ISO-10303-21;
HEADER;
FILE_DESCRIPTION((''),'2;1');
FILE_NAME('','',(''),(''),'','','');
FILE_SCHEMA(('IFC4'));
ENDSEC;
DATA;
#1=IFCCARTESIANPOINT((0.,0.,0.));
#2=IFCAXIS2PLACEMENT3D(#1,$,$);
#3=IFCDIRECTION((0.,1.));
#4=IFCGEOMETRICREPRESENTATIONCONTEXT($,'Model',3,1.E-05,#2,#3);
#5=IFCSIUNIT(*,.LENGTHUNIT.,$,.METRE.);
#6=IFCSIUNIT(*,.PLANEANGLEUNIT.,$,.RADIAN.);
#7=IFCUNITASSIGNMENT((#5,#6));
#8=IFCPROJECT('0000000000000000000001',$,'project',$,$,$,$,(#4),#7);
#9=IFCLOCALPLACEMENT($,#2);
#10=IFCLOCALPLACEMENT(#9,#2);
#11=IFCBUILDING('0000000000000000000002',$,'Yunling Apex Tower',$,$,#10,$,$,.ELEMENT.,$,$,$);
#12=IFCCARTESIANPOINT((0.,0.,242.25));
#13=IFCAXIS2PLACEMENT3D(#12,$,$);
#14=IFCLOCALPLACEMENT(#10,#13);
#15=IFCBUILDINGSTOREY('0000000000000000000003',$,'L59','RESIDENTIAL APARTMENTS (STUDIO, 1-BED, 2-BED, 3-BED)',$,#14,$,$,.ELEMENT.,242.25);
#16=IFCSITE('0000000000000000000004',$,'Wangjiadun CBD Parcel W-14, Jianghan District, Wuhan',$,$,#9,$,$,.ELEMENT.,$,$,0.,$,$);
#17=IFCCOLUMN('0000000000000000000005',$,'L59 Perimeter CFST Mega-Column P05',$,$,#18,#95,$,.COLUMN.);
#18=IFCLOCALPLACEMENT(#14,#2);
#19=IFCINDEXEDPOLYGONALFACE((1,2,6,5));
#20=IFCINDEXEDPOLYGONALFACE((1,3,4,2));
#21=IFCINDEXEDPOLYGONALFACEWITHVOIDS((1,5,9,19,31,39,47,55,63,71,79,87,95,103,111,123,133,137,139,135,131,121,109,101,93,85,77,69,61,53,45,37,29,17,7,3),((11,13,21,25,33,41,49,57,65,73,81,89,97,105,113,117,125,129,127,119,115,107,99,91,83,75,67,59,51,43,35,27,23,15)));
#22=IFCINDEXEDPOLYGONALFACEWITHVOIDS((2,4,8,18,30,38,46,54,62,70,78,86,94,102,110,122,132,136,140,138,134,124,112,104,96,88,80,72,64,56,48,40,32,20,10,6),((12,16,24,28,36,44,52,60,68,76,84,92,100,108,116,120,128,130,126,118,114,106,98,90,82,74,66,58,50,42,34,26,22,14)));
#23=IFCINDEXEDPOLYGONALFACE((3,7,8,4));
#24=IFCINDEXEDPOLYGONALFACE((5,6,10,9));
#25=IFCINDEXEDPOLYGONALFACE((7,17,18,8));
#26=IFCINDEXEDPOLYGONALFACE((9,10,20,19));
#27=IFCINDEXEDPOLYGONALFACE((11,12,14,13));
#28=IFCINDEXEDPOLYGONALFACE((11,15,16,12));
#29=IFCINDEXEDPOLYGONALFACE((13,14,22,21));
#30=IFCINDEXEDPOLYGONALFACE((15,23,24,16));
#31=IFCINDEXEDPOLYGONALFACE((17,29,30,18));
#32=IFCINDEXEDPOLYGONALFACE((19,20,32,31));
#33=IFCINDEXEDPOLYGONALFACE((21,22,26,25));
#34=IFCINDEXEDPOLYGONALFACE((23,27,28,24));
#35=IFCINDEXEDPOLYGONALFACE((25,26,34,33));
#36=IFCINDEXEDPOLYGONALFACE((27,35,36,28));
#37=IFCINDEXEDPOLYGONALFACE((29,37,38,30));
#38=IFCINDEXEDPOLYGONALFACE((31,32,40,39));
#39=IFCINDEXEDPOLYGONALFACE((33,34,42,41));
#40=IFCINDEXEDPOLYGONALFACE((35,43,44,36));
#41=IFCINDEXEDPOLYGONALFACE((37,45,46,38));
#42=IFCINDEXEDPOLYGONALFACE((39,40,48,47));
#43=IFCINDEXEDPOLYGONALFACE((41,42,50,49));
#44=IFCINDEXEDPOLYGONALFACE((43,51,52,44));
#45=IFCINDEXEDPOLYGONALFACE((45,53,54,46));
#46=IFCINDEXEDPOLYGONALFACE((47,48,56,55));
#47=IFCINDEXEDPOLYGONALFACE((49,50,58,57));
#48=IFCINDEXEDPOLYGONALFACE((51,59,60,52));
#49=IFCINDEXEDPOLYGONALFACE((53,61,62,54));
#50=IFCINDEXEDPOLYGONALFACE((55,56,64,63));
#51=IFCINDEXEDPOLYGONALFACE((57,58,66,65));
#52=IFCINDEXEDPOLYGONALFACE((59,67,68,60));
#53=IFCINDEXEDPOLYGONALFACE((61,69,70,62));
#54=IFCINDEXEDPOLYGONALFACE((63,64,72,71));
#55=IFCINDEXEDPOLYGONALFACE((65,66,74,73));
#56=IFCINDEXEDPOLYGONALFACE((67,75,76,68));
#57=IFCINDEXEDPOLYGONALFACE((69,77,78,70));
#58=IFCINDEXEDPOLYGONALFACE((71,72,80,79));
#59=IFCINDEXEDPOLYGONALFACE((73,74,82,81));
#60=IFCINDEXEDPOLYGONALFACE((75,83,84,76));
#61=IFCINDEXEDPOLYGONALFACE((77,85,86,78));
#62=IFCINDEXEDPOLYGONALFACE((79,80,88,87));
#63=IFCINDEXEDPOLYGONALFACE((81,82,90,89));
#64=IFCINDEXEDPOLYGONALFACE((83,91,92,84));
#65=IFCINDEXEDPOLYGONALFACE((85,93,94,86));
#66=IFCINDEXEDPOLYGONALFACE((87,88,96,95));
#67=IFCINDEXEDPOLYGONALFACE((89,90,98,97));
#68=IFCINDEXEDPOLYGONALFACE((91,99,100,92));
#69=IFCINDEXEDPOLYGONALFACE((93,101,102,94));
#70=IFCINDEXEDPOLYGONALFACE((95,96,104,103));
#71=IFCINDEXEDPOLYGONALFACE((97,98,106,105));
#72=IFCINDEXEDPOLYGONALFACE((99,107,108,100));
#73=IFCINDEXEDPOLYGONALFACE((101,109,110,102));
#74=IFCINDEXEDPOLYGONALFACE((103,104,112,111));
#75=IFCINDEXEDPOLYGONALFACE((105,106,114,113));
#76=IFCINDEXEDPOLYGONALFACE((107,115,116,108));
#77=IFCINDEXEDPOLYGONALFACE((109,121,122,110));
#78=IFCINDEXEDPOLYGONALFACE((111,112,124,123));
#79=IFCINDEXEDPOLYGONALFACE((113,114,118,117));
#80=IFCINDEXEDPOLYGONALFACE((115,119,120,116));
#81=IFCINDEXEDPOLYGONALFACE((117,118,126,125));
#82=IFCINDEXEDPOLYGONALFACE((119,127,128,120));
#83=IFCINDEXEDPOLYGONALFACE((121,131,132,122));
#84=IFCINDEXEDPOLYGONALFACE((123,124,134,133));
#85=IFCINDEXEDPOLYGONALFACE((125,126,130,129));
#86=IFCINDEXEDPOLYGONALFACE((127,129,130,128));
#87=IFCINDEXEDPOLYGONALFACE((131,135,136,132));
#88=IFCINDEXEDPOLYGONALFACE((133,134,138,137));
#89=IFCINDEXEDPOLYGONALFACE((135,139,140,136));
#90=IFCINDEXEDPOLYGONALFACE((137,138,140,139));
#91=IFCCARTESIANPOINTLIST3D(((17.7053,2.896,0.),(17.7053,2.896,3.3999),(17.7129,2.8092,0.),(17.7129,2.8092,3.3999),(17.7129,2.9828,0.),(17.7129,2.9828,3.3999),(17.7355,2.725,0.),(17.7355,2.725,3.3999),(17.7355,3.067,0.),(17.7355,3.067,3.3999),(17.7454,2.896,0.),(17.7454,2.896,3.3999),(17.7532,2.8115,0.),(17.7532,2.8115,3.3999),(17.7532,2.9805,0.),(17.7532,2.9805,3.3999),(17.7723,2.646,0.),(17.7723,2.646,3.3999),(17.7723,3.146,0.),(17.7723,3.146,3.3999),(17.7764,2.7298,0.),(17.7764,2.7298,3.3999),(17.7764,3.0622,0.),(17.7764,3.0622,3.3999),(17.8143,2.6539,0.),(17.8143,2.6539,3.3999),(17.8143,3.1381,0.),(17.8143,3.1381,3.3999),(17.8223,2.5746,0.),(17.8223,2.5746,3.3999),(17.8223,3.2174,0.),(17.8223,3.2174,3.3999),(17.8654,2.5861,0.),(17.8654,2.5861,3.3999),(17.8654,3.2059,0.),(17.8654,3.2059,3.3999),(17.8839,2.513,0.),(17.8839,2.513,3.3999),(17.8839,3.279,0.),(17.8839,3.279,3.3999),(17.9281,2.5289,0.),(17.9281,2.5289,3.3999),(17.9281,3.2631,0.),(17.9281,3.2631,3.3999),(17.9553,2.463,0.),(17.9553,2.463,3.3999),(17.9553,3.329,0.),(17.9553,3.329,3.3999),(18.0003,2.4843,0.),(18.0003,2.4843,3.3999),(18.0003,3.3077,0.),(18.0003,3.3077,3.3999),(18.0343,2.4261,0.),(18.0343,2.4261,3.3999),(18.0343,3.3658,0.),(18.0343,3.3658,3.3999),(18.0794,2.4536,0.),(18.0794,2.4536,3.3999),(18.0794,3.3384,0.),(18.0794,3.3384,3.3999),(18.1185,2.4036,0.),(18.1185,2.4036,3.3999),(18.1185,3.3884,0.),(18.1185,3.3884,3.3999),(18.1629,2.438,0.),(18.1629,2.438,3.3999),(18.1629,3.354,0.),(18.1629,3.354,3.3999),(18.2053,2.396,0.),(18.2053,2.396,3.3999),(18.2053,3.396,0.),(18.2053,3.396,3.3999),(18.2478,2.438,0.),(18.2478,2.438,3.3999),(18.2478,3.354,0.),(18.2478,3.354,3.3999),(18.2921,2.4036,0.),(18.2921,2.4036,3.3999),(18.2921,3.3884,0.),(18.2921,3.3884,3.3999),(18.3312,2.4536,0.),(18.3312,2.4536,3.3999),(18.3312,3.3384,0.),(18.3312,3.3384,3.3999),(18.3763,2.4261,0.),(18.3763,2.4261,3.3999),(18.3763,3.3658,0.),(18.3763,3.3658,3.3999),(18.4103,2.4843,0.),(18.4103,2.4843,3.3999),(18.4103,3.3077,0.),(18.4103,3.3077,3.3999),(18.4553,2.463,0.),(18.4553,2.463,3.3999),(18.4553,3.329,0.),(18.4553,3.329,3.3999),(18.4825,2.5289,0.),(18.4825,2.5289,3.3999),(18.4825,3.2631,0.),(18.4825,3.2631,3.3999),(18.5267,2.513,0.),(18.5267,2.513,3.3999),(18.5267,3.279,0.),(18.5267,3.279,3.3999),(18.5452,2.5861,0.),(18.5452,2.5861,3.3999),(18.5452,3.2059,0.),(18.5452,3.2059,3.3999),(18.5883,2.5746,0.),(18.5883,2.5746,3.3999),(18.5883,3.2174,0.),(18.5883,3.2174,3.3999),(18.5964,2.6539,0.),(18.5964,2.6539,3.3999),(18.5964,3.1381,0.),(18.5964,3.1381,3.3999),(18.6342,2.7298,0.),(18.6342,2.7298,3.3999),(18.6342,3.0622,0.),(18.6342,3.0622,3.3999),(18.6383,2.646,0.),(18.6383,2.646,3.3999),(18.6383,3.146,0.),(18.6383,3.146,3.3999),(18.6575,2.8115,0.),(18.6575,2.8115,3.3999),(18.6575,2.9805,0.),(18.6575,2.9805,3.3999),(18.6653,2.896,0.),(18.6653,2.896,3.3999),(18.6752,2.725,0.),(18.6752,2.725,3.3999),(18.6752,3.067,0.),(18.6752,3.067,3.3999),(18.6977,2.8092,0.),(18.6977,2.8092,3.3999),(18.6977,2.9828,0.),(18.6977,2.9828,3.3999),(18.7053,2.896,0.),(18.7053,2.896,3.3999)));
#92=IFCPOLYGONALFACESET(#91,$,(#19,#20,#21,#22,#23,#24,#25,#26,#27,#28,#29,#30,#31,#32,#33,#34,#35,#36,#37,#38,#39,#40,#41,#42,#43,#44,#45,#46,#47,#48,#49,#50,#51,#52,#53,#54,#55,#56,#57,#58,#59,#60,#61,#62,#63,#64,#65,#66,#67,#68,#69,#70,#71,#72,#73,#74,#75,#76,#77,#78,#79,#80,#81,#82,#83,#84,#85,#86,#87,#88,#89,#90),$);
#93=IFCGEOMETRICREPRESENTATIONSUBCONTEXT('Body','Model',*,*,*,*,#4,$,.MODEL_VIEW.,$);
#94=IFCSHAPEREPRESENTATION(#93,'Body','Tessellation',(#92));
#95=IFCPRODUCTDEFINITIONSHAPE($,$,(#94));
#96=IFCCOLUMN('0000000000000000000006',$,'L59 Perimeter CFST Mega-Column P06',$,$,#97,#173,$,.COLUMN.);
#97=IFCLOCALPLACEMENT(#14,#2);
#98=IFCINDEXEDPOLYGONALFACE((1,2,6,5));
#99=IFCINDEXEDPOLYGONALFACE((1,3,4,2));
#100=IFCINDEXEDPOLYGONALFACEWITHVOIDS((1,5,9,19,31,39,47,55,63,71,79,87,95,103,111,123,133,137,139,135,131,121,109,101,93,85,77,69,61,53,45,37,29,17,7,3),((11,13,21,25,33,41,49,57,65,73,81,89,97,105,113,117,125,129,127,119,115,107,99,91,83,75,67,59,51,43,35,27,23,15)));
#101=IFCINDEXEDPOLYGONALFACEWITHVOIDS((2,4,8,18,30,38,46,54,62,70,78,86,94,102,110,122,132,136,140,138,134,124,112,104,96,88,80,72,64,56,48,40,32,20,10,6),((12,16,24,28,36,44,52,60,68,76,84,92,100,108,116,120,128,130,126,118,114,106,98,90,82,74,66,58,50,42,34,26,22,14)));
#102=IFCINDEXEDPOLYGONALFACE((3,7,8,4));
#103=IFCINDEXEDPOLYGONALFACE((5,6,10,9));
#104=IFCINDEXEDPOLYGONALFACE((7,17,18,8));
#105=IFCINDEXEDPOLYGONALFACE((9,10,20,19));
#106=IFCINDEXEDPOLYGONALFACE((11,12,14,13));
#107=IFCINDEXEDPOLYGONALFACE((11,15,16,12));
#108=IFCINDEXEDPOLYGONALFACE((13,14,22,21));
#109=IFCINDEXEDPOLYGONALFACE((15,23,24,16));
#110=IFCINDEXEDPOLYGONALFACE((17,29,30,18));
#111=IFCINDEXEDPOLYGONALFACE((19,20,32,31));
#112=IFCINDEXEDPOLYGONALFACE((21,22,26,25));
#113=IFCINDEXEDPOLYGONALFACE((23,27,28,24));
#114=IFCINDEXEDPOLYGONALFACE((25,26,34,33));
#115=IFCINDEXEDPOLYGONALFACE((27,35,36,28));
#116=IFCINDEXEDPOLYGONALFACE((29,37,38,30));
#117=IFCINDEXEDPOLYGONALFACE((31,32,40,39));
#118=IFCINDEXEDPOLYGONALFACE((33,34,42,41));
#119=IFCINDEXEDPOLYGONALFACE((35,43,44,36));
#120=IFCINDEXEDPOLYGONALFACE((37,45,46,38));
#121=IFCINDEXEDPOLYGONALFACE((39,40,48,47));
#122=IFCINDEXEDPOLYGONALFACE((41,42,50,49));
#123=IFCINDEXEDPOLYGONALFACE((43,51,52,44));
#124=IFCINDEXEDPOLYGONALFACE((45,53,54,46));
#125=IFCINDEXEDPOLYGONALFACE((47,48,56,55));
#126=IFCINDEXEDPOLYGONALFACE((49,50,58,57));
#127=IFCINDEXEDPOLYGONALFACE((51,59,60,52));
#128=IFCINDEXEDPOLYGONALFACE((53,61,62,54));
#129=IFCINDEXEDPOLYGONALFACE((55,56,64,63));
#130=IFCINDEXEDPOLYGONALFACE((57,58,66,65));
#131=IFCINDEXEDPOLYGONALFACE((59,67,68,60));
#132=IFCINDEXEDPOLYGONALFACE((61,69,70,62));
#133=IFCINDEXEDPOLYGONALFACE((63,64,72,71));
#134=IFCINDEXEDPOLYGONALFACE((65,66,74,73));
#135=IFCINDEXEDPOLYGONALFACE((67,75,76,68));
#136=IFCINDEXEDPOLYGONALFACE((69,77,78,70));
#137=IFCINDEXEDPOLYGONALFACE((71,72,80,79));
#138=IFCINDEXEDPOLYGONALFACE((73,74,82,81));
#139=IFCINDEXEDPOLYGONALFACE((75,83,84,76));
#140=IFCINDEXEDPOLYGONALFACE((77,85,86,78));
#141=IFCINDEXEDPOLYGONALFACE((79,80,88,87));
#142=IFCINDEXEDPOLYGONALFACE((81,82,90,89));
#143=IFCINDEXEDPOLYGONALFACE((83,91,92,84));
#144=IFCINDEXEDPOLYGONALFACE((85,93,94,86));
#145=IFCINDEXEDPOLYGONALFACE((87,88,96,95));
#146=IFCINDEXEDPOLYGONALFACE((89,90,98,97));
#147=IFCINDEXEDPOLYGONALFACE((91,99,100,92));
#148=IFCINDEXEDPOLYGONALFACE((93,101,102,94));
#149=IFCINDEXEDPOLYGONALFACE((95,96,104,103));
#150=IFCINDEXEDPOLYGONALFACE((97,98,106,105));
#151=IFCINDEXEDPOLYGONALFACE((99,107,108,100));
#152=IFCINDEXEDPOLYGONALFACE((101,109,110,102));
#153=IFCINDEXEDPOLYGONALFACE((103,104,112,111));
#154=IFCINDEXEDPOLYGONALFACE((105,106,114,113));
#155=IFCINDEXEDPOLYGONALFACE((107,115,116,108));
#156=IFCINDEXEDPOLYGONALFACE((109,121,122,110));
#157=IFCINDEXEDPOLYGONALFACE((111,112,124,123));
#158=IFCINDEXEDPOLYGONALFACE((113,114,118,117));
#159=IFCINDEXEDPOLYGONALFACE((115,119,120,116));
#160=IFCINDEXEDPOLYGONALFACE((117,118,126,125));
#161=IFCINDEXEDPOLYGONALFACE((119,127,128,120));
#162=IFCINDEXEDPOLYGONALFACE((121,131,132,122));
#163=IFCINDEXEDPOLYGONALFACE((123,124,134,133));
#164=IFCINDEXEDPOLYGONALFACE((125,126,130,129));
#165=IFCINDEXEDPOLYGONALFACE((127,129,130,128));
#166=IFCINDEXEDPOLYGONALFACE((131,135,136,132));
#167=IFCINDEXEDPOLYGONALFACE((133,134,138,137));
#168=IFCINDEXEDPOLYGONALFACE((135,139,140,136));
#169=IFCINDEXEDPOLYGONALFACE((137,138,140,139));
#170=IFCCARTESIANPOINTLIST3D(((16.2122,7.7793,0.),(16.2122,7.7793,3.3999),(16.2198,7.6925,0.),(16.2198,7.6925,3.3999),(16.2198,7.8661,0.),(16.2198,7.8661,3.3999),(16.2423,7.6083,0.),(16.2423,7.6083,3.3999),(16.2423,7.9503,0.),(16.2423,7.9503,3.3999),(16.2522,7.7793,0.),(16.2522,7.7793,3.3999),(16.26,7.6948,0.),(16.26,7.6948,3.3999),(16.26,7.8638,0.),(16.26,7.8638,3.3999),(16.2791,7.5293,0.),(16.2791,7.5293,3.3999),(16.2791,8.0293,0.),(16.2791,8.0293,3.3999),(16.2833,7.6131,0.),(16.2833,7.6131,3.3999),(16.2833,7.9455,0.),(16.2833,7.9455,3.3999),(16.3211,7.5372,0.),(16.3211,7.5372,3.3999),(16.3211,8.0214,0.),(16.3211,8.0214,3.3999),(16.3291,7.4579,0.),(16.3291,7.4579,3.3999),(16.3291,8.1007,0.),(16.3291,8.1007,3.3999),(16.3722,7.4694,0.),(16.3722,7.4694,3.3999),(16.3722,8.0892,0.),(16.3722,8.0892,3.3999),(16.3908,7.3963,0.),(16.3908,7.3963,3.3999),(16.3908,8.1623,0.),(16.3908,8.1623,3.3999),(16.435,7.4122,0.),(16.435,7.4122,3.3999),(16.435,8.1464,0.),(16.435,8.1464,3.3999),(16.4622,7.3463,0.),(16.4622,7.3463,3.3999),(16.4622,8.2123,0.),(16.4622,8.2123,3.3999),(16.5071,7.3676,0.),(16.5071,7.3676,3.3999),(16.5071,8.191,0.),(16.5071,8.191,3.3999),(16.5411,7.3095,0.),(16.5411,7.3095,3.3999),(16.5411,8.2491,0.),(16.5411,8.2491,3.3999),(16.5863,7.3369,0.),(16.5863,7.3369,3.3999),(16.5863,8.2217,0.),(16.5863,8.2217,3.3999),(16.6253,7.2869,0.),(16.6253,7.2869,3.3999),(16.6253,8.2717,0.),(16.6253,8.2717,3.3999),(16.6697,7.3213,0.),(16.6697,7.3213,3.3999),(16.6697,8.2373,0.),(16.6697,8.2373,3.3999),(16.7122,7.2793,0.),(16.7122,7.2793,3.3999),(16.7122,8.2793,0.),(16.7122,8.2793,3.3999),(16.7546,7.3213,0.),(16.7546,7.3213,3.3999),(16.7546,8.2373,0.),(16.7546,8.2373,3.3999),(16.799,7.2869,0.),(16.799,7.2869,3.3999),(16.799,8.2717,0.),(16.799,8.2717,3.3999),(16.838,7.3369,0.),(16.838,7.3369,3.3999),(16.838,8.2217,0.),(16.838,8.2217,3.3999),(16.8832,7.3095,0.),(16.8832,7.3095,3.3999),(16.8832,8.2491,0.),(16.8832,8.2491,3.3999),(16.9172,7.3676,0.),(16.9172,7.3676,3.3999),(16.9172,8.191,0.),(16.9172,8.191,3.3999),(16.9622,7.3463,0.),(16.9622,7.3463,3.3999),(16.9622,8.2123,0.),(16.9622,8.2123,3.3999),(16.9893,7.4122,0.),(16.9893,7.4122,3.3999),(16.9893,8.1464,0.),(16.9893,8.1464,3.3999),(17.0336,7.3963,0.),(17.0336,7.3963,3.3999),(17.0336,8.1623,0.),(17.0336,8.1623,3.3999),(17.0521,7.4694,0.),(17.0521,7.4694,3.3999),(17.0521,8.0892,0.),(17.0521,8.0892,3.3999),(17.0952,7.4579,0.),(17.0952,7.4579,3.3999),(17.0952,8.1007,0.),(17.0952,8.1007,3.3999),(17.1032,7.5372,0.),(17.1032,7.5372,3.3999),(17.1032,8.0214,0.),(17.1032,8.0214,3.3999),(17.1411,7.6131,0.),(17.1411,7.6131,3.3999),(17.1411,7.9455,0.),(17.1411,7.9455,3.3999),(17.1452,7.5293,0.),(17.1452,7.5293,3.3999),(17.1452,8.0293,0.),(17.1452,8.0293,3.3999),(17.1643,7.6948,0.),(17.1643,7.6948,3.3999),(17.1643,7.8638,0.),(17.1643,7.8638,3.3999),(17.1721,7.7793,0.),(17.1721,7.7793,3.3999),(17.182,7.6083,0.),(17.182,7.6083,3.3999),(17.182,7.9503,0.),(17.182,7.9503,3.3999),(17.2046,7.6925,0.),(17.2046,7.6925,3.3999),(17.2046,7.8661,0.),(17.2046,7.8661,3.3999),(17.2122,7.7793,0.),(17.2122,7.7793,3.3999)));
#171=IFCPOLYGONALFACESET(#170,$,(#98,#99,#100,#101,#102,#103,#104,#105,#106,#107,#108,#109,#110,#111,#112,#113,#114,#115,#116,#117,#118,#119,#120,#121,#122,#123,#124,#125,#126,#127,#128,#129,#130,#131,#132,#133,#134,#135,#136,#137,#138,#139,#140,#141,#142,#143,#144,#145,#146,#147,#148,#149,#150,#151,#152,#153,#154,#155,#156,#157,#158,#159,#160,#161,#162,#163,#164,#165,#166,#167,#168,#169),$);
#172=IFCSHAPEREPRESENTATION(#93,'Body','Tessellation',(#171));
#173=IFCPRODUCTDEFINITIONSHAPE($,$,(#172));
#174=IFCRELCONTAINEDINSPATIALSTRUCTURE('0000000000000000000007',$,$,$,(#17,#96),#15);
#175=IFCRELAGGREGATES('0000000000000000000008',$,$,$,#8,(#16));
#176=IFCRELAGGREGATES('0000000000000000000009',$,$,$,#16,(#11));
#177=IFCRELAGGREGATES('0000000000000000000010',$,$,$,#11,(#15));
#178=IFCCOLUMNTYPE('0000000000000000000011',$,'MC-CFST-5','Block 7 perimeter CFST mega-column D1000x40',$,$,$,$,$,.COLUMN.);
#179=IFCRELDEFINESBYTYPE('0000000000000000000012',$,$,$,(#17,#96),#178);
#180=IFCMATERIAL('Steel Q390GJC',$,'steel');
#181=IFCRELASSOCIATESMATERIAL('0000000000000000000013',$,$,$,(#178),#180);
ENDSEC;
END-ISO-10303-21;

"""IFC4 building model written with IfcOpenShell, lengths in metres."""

from ifc_helpers import new_model, si_unit, direction, frame, origin, origin_2d, place, context, subcontext, project, spatial, hollow_circle, extrude, source, transform, mapped, material, material_profile, profile_set, type_object, element, save


model = new_model("IFC4")

# Units and contexts
model_context = context("Model", 3, precision=1e-05, world=origin(), true_north=direction((0.0, 1.0)))
body_context = subcontext(model_context, "Body", "Model", "MODEL_VIEW")
ifc_project = project(units=[si_unit("LENGTHUNIT", "METRE"), si_unit("PLANEANGLEUNIT", "RADIAN")], contexts=[model_context])

# Site, building, storey
site_placement = place(None, origin())
site = spatial("IfcSite", under=ifc_project, at=site_placement, Name="Wangjiadun CBD Parcel W-14, Jianghan District, Wuhan", CompositionType="ELEMENT", RefElevation=0.0)
building_placement = place(site_placement, origin())
building = spatial("IfcBuilding", under=site, at=building_placement, Name="Yunling Apex Tower", CompositionType="ELEMENT")
storey_placement = place(building_placement, frame((0.0, 0.0, 242.25)))
storey = spatial("IfcBuildingStorey", under=building, at=storey_placement, Name="L59", Description="RESIDENTIAL APARTMENTS (STUDIO, 1-BED, 2-BED, 3-BED)", CompositionType="ELEMENT", Elevation=242.25)

# Columns
ifc_material_1 = material(Name="Steel Q390GJC", Category="steel")
ifc_material_profile_1 = material_profile(ifc_material_1, hollow_circle(Radius=0.5, WallThickness=0.04, at=origin_2d()))
ifc_profile_set_1 = profile_set([ifc_material_profile_1], Name="Steel Q390GJC")
column_type = type_object("IfcColumnType", Name="MC-CFST-5", Description="Block 7 perimeter CFST mega-column D1000x40", PredefinedType="COLUMN", material=ifc_profile_set_1)
shared_shape_1 = source(origin(), body_context, "Body", "SweptSolid", [
    extrude(hollow_circle(Radius=0.5, WallThickness=0.04, at=origin_2d()), origin(), (0.0, 0.0, 1.0), 3.3999),
])
for number, where, z_axis, x_axis, name in (
    (1, (18.2053, 2.896, 0.0), (0.0, 0.0, 1.0), (1.0, 0.0, 0.0), "L59 Perimeter CFST Mega-Column P05"),
    (2, (16.7122, 7.7793, 0.0), (0.0, 0.0, 1.0), (1.0, 0.0, 0.0), "L59 Perimeter CFST Mega-Column P06"),
):
    element("IfcColumn", number, at=place(storey_placement, frame(where, z_axis=z_axis, x_axis=x_axis)), inside=storey, type_object=column_type, Name=name, PredefinedType="COLUMN", context=body_context, shape_type="MappedRepresentation", body=[
        mapped(shared_shape_1, transform((0.0, 0.0, 0.0), scale=1.0)),
    ])

save(model, "model.ifc")
